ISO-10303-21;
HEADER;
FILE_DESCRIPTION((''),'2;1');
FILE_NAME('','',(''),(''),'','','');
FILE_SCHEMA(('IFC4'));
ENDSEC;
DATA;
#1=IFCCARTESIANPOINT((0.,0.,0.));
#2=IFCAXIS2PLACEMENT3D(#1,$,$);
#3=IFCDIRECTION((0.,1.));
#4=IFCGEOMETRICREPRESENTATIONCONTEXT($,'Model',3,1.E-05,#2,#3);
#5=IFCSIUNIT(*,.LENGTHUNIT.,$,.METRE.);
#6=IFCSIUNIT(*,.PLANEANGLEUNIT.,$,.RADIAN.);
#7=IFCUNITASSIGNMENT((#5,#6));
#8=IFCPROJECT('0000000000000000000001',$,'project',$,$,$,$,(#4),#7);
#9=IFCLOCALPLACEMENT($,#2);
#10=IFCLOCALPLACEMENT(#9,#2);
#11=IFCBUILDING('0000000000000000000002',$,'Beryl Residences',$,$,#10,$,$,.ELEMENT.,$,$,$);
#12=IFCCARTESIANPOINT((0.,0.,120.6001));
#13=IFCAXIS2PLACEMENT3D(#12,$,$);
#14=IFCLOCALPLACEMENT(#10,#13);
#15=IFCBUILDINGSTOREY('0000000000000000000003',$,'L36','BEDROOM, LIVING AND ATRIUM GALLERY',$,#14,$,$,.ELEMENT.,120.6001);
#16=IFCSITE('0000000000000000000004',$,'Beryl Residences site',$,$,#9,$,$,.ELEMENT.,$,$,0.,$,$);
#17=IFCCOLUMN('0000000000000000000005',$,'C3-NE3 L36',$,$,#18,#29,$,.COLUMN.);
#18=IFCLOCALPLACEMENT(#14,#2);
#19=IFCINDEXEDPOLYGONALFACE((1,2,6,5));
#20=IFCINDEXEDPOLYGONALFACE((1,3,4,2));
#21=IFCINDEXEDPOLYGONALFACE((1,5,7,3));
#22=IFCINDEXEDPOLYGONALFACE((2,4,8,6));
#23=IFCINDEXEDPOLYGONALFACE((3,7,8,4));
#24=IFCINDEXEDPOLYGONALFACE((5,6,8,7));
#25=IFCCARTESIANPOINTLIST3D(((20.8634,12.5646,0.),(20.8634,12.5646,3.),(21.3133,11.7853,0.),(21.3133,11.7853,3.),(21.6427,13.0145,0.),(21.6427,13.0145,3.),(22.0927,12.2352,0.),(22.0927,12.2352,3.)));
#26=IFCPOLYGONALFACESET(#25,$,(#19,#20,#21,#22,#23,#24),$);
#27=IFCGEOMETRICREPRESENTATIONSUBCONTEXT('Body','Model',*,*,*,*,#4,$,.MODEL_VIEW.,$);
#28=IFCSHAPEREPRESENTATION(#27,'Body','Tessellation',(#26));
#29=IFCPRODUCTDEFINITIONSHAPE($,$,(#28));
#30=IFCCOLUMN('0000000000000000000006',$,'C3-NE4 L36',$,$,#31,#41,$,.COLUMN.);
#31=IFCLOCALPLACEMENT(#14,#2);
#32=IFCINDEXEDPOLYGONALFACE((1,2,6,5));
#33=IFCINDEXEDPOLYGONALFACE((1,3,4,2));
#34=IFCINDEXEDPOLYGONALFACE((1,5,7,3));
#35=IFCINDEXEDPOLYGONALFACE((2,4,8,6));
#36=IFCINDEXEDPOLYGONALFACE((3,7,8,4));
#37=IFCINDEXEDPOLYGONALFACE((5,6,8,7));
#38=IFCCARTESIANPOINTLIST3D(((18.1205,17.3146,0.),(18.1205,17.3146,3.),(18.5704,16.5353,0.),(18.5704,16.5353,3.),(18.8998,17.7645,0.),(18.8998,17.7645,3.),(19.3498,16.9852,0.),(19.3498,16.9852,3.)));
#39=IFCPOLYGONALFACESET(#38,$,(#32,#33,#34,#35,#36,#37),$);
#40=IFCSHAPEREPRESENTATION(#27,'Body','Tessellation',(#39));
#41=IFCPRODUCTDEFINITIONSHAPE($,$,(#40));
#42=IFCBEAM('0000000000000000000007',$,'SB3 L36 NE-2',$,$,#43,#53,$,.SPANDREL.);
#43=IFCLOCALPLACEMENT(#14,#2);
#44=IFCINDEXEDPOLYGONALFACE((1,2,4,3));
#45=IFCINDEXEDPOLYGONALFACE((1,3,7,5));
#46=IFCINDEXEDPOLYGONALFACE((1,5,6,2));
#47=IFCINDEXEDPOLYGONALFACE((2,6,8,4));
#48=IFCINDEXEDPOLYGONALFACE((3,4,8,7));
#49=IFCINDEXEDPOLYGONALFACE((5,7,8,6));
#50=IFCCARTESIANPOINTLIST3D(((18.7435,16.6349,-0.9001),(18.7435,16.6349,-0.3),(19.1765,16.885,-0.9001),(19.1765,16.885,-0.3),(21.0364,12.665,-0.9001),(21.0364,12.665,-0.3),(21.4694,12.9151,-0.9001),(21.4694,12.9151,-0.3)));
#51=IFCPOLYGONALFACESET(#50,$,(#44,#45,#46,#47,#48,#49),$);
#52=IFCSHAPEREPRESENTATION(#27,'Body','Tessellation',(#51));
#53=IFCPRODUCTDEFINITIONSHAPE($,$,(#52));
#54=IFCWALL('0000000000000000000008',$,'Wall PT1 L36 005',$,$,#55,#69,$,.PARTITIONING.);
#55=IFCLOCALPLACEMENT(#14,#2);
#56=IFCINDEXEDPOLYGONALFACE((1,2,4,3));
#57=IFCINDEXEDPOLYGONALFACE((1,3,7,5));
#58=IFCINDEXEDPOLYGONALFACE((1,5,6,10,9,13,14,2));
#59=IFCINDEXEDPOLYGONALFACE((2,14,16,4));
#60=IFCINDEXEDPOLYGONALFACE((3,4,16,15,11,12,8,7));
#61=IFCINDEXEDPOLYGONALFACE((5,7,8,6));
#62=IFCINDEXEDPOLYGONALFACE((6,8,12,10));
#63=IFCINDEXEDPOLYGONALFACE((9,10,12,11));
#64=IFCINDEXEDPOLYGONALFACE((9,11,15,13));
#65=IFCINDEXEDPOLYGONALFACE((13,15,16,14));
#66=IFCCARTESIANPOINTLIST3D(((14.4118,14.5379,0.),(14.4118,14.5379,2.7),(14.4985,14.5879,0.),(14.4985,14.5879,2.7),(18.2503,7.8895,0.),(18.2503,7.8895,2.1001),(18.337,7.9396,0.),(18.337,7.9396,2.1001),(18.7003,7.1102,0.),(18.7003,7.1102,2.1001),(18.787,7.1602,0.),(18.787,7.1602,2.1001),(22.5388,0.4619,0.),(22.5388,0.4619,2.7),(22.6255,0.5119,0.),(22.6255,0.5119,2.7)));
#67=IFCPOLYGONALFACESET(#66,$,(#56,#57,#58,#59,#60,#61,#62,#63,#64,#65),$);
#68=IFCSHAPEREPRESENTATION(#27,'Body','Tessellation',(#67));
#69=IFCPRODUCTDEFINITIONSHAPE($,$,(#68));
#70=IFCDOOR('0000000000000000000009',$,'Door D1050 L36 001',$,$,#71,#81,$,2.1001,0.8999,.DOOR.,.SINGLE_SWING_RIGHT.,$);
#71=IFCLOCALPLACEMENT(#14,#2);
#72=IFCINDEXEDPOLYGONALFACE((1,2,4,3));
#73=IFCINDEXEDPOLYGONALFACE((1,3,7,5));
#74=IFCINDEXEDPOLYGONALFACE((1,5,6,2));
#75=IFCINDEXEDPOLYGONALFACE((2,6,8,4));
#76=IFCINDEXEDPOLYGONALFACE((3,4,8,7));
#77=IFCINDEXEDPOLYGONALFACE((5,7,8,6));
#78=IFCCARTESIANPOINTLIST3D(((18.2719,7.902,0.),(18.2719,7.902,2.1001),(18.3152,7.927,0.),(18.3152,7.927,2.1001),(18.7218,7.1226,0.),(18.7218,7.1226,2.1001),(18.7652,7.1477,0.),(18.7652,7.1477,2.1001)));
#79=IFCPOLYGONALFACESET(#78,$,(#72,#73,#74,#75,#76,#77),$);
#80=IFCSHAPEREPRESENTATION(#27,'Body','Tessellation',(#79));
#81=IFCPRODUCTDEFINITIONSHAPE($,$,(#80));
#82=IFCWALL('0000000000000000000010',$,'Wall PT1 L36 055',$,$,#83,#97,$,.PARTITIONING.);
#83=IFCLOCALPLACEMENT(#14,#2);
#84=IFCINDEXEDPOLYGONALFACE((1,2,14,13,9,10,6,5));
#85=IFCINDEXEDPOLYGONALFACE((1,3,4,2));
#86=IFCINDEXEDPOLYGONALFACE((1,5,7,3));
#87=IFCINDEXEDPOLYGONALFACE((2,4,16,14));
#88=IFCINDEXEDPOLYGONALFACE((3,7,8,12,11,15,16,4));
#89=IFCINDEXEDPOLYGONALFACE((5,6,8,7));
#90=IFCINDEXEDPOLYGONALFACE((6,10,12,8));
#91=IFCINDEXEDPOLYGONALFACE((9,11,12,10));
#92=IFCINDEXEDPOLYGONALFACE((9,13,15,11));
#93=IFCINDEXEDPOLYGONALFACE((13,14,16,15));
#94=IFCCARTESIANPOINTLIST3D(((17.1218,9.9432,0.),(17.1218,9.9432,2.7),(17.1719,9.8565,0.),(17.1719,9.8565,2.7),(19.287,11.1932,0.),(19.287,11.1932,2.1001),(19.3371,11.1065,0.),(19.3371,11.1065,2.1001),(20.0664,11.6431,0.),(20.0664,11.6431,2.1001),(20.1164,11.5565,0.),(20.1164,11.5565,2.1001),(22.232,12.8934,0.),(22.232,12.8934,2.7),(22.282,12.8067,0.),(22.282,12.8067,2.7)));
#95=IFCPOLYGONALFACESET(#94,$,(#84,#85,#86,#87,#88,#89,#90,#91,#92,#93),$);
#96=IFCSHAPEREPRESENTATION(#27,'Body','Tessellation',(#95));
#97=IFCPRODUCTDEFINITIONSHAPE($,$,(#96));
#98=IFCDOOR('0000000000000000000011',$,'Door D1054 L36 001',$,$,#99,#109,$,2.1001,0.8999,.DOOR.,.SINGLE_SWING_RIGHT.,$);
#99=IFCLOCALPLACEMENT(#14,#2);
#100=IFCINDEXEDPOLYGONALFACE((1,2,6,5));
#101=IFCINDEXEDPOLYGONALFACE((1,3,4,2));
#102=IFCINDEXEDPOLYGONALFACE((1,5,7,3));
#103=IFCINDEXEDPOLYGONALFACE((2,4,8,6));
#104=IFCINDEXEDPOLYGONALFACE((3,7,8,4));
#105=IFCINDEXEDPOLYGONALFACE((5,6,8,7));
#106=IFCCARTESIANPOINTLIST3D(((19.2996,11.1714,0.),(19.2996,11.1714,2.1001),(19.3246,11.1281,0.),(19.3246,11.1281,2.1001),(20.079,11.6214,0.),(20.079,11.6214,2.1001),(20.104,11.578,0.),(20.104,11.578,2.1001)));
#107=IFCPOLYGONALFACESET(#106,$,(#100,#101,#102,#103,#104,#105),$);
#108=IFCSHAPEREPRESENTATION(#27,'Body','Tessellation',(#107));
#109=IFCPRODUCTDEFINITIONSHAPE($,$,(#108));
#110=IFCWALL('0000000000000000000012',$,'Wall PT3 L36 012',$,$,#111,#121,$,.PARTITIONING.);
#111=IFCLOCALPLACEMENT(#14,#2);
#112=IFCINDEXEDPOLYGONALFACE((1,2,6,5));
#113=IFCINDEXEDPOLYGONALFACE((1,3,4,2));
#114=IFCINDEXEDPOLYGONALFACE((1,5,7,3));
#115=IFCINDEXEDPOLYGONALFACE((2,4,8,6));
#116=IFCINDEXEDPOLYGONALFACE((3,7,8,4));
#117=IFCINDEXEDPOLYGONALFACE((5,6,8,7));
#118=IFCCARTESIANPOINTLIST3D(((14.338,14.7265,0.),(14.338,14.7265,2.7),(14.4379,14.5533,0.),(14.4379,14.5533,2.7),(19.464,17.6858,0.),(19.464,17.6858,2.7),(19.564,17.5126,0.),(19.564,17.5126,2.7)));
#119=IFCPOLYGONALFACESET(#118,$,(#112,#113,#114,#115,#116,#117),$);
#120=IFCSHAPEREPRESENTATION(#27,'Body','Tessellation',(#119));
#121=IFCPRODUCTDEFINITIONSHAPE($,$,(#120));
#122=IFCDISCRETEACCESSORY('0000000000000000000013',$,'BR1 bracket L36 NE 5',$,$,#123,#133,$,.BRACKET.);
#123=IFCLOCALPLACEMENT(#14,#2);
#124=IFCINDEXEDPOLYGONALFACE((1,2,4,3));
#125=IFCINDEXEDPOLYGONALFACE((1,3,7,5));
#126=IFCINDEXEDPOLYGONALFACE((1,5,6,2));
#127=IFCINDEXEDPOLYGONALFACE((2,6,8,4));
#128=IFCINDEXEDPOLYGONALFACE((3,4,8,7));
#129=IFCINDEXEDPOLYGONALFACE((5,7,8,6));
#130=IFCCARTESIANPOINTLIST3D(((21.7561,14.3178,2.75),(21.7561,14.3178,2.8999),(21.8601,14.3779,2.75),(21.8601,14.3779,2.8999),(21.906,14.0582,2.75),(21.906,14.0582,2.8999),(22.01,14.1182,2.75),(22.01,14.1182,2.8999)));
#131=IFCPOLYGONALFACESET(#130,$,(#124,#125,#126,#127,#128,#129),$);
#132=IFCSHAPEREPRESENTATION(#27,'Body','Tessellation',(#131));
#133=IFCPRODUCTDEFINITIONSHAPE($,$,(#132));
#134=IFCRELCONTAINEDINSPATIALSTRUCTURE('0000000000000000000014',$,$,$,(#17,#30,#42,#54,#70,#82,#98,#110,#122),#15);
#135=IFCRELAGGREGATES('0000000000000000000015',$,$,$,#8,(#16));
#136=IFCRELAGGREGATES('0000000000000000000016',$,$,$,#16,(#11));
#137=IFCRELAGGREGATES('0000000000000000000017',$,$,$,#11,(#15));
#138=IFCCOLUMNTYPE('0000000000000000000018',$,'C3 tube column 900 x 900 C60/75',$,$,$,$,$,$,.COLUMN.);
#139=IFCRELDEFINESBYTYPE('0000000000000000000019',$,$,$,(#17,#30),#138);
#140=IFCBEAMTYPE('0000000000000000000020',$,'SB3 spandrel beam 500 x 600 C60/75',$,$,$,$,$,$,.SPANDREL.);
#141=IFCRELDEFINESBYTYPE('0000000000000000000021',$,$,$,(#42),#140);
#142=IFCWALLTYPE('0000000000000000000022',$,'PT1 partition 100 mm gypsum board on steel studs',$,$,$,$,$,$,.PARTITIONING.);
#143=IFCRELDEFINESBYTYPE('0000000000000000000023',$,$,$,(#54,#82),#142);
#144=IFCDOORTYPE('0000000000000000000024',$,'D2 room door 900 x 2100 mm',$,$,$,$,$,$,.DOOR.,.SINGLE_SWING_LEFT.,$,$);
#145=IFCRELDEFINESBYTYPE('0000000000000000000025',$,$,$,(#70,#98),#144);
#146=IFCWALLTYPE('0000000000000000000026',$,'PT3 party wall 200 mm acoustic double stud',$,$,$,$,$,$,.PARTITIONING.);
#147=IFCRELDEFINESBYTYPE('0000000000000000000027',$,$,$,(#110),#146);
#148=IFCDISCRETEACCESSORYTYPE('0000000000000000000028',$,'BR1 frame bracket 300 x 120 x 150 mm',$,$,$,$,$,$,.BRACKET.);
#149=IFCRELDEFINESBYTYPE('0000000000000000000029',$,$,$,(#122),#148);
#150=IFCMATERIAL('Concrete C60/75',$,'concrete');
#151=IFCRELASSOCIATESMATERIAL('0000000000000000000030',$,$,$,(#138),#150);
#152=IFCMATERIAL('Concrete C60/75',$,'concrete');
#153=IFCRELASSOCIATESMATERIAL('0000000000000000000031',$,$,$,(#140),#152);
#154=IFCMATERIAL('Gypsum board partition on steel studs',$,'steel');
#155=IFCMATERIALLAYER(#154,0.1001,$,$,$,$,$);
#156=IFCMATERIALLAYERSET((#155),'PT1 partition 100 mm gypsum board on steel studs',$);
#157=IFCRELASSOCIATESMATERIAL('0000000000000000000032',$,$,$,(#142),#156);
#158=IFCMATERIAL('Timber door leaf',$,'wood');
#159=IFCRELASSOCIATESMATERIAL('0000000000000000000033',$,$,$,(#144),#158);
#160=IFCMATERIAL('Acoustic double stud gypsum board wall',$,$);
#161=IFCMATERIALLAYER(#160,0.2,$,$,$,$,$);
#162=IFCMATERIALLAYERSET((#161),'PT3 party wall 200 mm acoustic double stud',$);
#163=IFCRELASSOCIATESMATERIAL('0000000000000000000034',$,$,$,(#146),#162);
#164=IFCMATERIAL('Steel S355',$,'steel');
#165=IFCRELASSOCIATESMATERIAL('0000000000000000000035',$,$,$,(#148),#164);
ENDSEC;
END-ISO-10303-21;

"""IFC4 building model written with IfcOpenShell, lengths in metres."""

from ifc_helpers import new_model, si_unit, direction, frame, frame_2d, origin, origin_2d, place, context, subcontext, project, spatial, polyline, rectangle, outline, extrude, source, transform, mapped, material, layer, layer_set, material_profile, profile_set, type_object, type_shapes, element, fill, save


model = new_model("IFC4")

# Units and contexts
model_context = context("Model", 3, precision=1e-05, world=origin(), true_north=direction((0.0, 1.0)))
body_context = subcontext(model_context, "Body", "Model", "MODEL_VIEW")
ifc_project = project(units=[si_unit("LENGTHUNIT", "METRE"), si_unit("PLANEANGLEUNIT", "RADIAN")], contexts=[model_context])

# Site, building, storey
site_placement = place(None, origin())
site = spatial("IfcSite", under=ifc_project, at=site_placement, Name="Beryl Residences site", CompositionType="ELEMENT", RefElevation=0.0)
building_placement = place(site_placement, origin())
building = spatial("IfcBuilding", under=site, at=building_placement, Name="Beryl Residences", CompositionType="ELEMENT")
storey_placement = place(building_placement, frame((0.0, 0.0, 120.6001)))
storey = spatial("IfcBuildingStorey", under=building, at=storey_placement, Name="L36", Description="BEDROOM, LIVING AND ATRIUM GALLERY", CompositionType="ELEMENT", Elevation=120.6001)

# Columns
ifc_material_1 = material(Name="Concrete C60/75", Category="concrete")
ifc_material_profile_1 = material_profile(ifc_material_1, rectangle(XDim=0.8999, YDim=0.8999, at=origin_2d()))
ifc_profile_set_1 = profile_set([ifc_material_profile_1], Name="Concrete C60/75")
column_type = type_object("IfcColumnType", Name="C3 tube column 900 x 900 C60/75", PredefinedType="COLUMN", material=ifc_profile_set_1)
for number, where, z_axis, x_axis, name in (
    (1, (21.478, 12.3999, 0.0), (0.0, 0.0, 1.0), (-0.5, 0.866025, 0.0), "C3-NE3 L36"),
    (2, (18.7351, 17.1499, 0.0), (0.0, 0.0, 1.0), (-0.5, 0.866025, 0.0), "C3-NE4 L36"),
):
    element("IfcColumn", number, at=place(storey_placement, frame(where, z_axis=z_axis, x_axis=x_axis)), inside=storey, type_object=column_type, Name=name, PredefinedType="COLUMN", context=body_context, shape_type="SweptSolid", body=[
        extrude(rectangle(XDim=0.8999, YDim=0.8999, at=origin_2d()), origin(), (0.0, 0.0, 1.0), 3.0),
    ])

# Beam
ifc_material_2 = material(Name="Concrete C60/75", Category="concrete")
ifc_material_profile_2 = material_profile(ifc_material_2, rectangle(XDim=0.5, YDim=0.6001, at=origin_2d()))
ifc_profile_set_2 = profile_set([ifc_material_profile_2], Name="Concrete C60/75")
beam_type = type_object("IfcBeamType", Name="SB3 spandrel beam 500 x 600 C60/75", PredefinedType="SPANDREL", material=ifc_profile_set_2)
beam_placement = place(storey_placement, frame((21.2529, 12.79, -0.6001), z_axis=(-0.500148, 0.86594, 0.0), x_axis=(-0.86594, -0.500148, 0.0)))
element("IfcBeam", 3, at=beam_placement, inside=storey, type_object=beam_type, Name="SB3 L36 NE-2", PredefinedType="SPANDREL", context=body_context, shape_type="SweptSolid", body=[
    extrude(rectangle(XDim=0.5, YDim=0.6001, at=origin_2d()), origin(), (0.0, 0.0, 1.0), 4.5845),
])

# Walls, openings, doors
ifc_material_3 = material(Name="Gypsum board partition on steel studs", Category="steel")
ifc_layer_1 = layer(ifc_material_3, 0.1001)
ifc_layer_set_1 = layer_set([ifc_layer_1], Name="PT1 partition 100 mm gypsum board on steel studs")
wall_type_1 = type_object("IfcWallType", Name="PT1 partition 100 mm gypsum board on steel studs", PredefinedType="PARTITIONING", material=ifc_layer_set_1)
wall_1_placement = place(storey_placement, frame((14.4551, 14.563, 0.0), z_axis=(0.0, 0.0, 1.0), x_axis=(0.50001, -0.86602, 0.0)))
wall_1 = element("IfcWall", 4, at=wall_1_placement, inside=storey, type_object=wall_type_1, Name="Wall PT1 L36 005", PredefinedType="PARTITIONING", context=body_context, shape_type="SweptSolid", body=[
    extrude(rectangle(XDim=16.2537, YDim=0.1001, at=frame_2d((8.127, 0.0))), origin(), (0.0, 0.0, 1.0), 2.7),
])
opening_1_placement = place(wall_1_placement, frame((7.677, 0.0, 0.0)))
opening_1 = element("IfcOpeningElement", 5, at=opening_1_placement, cuts=wall_1, PredefinedType="OPENING", context=body_context, shape_type="SweptSolid", body=[
    extrude(rectangle(XDim=0.8999, YDim=2.1001, at=frame_2d((0.45, 1.05))), frame((0.0, 0.0601, 0.0), z_axis=(0.0, -1.0, 0.0), x_axis=(1.0, 0.0, 0.0)), (0.0, 0.0, 1.0), 0.1201),
])
ifc_material_4 = material(Name="Timber door leaf", Category="wood")
door_type = type_object("IfcDoorType", Name="D2 room door 900 x 2100 mm", OperationType="SINGLE_SWING_LEFT", PredefinedType="DOOR", material=ifc_material_4)
door_1_placement = place(opening_1_placement, origin())
door_1 = element("IfcDoor", 6, at=door_1_placement, inside=storey, type_object=door_type, Name="Door D1050 L36 001", OperationType="SINGLE_SWING_RIGHT", OverallHeight=2.1001, OverallWidth=0.8999, PredefinedType="DOOR", context=body_context, shape_type="SweptSolid", body=[
    extrude(rectangle(XDim=0.8999, YDim=2.1001, at=frame_2d((0.45, 1.05))), frame((0.0, 0.0249, 0.0), z_axis=(0.0, -1.0, 0.0), x_axis=(1.0, 0.0, 0.0)), (0.0, 0.0, 1.0), 0.05),
])
fill(opening_1, door_1)
wall_2_placement = place(storey_placement, frame((17.147, 9.8999, 0.0), z_axis=(0.0, 0.0, 1.0), x_axis=(0.866035, 0.499984, 0.0)))
wall_2 = element("IfcWall", 7, at=wall_2_placement, inside=storey, type_object=wall_type_1, Name="Wall PT1 L36 055", PredefinedType="PARTITIONING", context=body_context, shape_type="SweptSolid", body=[
    extrude(rectangle(XDim=5.9006, YDim=0.1001, at=frame_2d((2.9502, 0.0))), origin(), (0.0, 0.0, 1.0), 2.7),
])
opening_2_placement = place(wall_2_placement, frame((2.5, 0.0, 0.0)))
opening_2 = element("IfcOpeningElement", 8, at=opening_2_placement, cuts=wall_2, PredefinedType="OPENING", context=body_context, shape_type="SweptSolid", body=[
    extrude(rectangle(XDim=0.8999, YDim=2.1001, at=frame_2d((0.45, 1.05))), frame((0.0, 0.0601, 0.0), z_axis=(0.0, -1.0, 0.0), x_axis=(1.0, 0.0, 0.0)), (0.0, 0.0, 1.0), 0.1201),
])
door_2_placement = place(opening_2_placement, origin())
door_2 = element("IfcDoor", 9, at=door_2_placement, inside=storey, type_object=door_type, Name="Door D1054 L36 001", OperationType="SINGLE_SWING_RIGHT", OverallHeight=2.1001, OverallWidth=0.8999, PredefinedType="DOOR", context=body_context, shape_type="SweptSolid", body=[
    extrude(rectangle(XDim=0.8999, YDim=2.1001, at=frame_2d((0.45, 1.05))), frame((0.0, 0.0249, 0.0), z_axis=(0.0, -1.0, 0.0), x_axis=(1.0, 0.0, 0.0)), (0.0, 0.0, 1.0), 0.05),
])
fill(opening_2, door_2)

# Wall
ifc_material_5 = material(Name="Acoustic double stud gypsum board wall")
ifc_layer_2 = layer(ifc_material_5, 0.2)
ifc_layer_set_2 = layer_set([ifc_layer_2], Name="PT3 party wall 200 mm acoustic double stud")
wall_type_2 = type_object("IfcWallType", Name="PT3 party wall 200 mm acoustic double stud", PredefinedType="PARTITIONING", material=ifc_layer_set_2)
wall_3_placement = place(storey_placement, frame((14.3879, 14.6399, 0.0), z_axis=(0.0, 0.0, 1.0), x_axis=(0.866044, 0.499968, 0.0)))
element("IfcWall", 10, at=wall_3_placement, inside=storey, type_object=wall_type_2, Name="Wall PT3 L36 012", PredefinedType="PARTITIONING", context=body_context, shape_type="SweptSolid", body=[
    extrude(rectangle(XDim=5.9189, YDim=0.2, at=frame_2d((2.9595, 0.0))), origin(), (0.0, 0.0, 1.0), 2.7),
])

# Discrete accessory
ifc_material_6 = material(Name="Steel S355", Category="steel")
discrete_accessory_type = type_object("IfcDiscreteAccessoryType", Name="BR1 frame bracket 300 x 120 x 150 mm", PredefinedType="BRACKET", material=ifc_material_6)
shared_shape_1 = source(origin(), body_context, "Body", "SweptSolid", [
    extrude(outline(polyline([(-0.1499, 0.0), (0.1499, 0.0), (0.1499, 0.1201), (-0.1499, 0.1201), (-0.1499, 0.0)])), origin(), (0.0, 0.0, 1.0), 0.1499),
])
type_shapes(discrete_accessory_type, [shared_shape_1])
discrete_accessory_placement = place(storey_placement, frame((21.8311, 14.188, 2.75), z_axis=(0.0, 0.0, 1.0), x_axis=(0.5, -0.866025, 0.0)))
element("IfcDiscreteAccessory", 11, at=discrete_accessory_placement, inside=storey, type_object=discrete_accessory_type, Name="BR1 bracket L36 NE 5", PredefinedType="BRACKET", context=body_context, shape_type="MappedRepresentation", body=[
    mapped(shared_shape_1, transform((0.0, 0.0, 0.0))),
])

save(model, "model.ifc")
